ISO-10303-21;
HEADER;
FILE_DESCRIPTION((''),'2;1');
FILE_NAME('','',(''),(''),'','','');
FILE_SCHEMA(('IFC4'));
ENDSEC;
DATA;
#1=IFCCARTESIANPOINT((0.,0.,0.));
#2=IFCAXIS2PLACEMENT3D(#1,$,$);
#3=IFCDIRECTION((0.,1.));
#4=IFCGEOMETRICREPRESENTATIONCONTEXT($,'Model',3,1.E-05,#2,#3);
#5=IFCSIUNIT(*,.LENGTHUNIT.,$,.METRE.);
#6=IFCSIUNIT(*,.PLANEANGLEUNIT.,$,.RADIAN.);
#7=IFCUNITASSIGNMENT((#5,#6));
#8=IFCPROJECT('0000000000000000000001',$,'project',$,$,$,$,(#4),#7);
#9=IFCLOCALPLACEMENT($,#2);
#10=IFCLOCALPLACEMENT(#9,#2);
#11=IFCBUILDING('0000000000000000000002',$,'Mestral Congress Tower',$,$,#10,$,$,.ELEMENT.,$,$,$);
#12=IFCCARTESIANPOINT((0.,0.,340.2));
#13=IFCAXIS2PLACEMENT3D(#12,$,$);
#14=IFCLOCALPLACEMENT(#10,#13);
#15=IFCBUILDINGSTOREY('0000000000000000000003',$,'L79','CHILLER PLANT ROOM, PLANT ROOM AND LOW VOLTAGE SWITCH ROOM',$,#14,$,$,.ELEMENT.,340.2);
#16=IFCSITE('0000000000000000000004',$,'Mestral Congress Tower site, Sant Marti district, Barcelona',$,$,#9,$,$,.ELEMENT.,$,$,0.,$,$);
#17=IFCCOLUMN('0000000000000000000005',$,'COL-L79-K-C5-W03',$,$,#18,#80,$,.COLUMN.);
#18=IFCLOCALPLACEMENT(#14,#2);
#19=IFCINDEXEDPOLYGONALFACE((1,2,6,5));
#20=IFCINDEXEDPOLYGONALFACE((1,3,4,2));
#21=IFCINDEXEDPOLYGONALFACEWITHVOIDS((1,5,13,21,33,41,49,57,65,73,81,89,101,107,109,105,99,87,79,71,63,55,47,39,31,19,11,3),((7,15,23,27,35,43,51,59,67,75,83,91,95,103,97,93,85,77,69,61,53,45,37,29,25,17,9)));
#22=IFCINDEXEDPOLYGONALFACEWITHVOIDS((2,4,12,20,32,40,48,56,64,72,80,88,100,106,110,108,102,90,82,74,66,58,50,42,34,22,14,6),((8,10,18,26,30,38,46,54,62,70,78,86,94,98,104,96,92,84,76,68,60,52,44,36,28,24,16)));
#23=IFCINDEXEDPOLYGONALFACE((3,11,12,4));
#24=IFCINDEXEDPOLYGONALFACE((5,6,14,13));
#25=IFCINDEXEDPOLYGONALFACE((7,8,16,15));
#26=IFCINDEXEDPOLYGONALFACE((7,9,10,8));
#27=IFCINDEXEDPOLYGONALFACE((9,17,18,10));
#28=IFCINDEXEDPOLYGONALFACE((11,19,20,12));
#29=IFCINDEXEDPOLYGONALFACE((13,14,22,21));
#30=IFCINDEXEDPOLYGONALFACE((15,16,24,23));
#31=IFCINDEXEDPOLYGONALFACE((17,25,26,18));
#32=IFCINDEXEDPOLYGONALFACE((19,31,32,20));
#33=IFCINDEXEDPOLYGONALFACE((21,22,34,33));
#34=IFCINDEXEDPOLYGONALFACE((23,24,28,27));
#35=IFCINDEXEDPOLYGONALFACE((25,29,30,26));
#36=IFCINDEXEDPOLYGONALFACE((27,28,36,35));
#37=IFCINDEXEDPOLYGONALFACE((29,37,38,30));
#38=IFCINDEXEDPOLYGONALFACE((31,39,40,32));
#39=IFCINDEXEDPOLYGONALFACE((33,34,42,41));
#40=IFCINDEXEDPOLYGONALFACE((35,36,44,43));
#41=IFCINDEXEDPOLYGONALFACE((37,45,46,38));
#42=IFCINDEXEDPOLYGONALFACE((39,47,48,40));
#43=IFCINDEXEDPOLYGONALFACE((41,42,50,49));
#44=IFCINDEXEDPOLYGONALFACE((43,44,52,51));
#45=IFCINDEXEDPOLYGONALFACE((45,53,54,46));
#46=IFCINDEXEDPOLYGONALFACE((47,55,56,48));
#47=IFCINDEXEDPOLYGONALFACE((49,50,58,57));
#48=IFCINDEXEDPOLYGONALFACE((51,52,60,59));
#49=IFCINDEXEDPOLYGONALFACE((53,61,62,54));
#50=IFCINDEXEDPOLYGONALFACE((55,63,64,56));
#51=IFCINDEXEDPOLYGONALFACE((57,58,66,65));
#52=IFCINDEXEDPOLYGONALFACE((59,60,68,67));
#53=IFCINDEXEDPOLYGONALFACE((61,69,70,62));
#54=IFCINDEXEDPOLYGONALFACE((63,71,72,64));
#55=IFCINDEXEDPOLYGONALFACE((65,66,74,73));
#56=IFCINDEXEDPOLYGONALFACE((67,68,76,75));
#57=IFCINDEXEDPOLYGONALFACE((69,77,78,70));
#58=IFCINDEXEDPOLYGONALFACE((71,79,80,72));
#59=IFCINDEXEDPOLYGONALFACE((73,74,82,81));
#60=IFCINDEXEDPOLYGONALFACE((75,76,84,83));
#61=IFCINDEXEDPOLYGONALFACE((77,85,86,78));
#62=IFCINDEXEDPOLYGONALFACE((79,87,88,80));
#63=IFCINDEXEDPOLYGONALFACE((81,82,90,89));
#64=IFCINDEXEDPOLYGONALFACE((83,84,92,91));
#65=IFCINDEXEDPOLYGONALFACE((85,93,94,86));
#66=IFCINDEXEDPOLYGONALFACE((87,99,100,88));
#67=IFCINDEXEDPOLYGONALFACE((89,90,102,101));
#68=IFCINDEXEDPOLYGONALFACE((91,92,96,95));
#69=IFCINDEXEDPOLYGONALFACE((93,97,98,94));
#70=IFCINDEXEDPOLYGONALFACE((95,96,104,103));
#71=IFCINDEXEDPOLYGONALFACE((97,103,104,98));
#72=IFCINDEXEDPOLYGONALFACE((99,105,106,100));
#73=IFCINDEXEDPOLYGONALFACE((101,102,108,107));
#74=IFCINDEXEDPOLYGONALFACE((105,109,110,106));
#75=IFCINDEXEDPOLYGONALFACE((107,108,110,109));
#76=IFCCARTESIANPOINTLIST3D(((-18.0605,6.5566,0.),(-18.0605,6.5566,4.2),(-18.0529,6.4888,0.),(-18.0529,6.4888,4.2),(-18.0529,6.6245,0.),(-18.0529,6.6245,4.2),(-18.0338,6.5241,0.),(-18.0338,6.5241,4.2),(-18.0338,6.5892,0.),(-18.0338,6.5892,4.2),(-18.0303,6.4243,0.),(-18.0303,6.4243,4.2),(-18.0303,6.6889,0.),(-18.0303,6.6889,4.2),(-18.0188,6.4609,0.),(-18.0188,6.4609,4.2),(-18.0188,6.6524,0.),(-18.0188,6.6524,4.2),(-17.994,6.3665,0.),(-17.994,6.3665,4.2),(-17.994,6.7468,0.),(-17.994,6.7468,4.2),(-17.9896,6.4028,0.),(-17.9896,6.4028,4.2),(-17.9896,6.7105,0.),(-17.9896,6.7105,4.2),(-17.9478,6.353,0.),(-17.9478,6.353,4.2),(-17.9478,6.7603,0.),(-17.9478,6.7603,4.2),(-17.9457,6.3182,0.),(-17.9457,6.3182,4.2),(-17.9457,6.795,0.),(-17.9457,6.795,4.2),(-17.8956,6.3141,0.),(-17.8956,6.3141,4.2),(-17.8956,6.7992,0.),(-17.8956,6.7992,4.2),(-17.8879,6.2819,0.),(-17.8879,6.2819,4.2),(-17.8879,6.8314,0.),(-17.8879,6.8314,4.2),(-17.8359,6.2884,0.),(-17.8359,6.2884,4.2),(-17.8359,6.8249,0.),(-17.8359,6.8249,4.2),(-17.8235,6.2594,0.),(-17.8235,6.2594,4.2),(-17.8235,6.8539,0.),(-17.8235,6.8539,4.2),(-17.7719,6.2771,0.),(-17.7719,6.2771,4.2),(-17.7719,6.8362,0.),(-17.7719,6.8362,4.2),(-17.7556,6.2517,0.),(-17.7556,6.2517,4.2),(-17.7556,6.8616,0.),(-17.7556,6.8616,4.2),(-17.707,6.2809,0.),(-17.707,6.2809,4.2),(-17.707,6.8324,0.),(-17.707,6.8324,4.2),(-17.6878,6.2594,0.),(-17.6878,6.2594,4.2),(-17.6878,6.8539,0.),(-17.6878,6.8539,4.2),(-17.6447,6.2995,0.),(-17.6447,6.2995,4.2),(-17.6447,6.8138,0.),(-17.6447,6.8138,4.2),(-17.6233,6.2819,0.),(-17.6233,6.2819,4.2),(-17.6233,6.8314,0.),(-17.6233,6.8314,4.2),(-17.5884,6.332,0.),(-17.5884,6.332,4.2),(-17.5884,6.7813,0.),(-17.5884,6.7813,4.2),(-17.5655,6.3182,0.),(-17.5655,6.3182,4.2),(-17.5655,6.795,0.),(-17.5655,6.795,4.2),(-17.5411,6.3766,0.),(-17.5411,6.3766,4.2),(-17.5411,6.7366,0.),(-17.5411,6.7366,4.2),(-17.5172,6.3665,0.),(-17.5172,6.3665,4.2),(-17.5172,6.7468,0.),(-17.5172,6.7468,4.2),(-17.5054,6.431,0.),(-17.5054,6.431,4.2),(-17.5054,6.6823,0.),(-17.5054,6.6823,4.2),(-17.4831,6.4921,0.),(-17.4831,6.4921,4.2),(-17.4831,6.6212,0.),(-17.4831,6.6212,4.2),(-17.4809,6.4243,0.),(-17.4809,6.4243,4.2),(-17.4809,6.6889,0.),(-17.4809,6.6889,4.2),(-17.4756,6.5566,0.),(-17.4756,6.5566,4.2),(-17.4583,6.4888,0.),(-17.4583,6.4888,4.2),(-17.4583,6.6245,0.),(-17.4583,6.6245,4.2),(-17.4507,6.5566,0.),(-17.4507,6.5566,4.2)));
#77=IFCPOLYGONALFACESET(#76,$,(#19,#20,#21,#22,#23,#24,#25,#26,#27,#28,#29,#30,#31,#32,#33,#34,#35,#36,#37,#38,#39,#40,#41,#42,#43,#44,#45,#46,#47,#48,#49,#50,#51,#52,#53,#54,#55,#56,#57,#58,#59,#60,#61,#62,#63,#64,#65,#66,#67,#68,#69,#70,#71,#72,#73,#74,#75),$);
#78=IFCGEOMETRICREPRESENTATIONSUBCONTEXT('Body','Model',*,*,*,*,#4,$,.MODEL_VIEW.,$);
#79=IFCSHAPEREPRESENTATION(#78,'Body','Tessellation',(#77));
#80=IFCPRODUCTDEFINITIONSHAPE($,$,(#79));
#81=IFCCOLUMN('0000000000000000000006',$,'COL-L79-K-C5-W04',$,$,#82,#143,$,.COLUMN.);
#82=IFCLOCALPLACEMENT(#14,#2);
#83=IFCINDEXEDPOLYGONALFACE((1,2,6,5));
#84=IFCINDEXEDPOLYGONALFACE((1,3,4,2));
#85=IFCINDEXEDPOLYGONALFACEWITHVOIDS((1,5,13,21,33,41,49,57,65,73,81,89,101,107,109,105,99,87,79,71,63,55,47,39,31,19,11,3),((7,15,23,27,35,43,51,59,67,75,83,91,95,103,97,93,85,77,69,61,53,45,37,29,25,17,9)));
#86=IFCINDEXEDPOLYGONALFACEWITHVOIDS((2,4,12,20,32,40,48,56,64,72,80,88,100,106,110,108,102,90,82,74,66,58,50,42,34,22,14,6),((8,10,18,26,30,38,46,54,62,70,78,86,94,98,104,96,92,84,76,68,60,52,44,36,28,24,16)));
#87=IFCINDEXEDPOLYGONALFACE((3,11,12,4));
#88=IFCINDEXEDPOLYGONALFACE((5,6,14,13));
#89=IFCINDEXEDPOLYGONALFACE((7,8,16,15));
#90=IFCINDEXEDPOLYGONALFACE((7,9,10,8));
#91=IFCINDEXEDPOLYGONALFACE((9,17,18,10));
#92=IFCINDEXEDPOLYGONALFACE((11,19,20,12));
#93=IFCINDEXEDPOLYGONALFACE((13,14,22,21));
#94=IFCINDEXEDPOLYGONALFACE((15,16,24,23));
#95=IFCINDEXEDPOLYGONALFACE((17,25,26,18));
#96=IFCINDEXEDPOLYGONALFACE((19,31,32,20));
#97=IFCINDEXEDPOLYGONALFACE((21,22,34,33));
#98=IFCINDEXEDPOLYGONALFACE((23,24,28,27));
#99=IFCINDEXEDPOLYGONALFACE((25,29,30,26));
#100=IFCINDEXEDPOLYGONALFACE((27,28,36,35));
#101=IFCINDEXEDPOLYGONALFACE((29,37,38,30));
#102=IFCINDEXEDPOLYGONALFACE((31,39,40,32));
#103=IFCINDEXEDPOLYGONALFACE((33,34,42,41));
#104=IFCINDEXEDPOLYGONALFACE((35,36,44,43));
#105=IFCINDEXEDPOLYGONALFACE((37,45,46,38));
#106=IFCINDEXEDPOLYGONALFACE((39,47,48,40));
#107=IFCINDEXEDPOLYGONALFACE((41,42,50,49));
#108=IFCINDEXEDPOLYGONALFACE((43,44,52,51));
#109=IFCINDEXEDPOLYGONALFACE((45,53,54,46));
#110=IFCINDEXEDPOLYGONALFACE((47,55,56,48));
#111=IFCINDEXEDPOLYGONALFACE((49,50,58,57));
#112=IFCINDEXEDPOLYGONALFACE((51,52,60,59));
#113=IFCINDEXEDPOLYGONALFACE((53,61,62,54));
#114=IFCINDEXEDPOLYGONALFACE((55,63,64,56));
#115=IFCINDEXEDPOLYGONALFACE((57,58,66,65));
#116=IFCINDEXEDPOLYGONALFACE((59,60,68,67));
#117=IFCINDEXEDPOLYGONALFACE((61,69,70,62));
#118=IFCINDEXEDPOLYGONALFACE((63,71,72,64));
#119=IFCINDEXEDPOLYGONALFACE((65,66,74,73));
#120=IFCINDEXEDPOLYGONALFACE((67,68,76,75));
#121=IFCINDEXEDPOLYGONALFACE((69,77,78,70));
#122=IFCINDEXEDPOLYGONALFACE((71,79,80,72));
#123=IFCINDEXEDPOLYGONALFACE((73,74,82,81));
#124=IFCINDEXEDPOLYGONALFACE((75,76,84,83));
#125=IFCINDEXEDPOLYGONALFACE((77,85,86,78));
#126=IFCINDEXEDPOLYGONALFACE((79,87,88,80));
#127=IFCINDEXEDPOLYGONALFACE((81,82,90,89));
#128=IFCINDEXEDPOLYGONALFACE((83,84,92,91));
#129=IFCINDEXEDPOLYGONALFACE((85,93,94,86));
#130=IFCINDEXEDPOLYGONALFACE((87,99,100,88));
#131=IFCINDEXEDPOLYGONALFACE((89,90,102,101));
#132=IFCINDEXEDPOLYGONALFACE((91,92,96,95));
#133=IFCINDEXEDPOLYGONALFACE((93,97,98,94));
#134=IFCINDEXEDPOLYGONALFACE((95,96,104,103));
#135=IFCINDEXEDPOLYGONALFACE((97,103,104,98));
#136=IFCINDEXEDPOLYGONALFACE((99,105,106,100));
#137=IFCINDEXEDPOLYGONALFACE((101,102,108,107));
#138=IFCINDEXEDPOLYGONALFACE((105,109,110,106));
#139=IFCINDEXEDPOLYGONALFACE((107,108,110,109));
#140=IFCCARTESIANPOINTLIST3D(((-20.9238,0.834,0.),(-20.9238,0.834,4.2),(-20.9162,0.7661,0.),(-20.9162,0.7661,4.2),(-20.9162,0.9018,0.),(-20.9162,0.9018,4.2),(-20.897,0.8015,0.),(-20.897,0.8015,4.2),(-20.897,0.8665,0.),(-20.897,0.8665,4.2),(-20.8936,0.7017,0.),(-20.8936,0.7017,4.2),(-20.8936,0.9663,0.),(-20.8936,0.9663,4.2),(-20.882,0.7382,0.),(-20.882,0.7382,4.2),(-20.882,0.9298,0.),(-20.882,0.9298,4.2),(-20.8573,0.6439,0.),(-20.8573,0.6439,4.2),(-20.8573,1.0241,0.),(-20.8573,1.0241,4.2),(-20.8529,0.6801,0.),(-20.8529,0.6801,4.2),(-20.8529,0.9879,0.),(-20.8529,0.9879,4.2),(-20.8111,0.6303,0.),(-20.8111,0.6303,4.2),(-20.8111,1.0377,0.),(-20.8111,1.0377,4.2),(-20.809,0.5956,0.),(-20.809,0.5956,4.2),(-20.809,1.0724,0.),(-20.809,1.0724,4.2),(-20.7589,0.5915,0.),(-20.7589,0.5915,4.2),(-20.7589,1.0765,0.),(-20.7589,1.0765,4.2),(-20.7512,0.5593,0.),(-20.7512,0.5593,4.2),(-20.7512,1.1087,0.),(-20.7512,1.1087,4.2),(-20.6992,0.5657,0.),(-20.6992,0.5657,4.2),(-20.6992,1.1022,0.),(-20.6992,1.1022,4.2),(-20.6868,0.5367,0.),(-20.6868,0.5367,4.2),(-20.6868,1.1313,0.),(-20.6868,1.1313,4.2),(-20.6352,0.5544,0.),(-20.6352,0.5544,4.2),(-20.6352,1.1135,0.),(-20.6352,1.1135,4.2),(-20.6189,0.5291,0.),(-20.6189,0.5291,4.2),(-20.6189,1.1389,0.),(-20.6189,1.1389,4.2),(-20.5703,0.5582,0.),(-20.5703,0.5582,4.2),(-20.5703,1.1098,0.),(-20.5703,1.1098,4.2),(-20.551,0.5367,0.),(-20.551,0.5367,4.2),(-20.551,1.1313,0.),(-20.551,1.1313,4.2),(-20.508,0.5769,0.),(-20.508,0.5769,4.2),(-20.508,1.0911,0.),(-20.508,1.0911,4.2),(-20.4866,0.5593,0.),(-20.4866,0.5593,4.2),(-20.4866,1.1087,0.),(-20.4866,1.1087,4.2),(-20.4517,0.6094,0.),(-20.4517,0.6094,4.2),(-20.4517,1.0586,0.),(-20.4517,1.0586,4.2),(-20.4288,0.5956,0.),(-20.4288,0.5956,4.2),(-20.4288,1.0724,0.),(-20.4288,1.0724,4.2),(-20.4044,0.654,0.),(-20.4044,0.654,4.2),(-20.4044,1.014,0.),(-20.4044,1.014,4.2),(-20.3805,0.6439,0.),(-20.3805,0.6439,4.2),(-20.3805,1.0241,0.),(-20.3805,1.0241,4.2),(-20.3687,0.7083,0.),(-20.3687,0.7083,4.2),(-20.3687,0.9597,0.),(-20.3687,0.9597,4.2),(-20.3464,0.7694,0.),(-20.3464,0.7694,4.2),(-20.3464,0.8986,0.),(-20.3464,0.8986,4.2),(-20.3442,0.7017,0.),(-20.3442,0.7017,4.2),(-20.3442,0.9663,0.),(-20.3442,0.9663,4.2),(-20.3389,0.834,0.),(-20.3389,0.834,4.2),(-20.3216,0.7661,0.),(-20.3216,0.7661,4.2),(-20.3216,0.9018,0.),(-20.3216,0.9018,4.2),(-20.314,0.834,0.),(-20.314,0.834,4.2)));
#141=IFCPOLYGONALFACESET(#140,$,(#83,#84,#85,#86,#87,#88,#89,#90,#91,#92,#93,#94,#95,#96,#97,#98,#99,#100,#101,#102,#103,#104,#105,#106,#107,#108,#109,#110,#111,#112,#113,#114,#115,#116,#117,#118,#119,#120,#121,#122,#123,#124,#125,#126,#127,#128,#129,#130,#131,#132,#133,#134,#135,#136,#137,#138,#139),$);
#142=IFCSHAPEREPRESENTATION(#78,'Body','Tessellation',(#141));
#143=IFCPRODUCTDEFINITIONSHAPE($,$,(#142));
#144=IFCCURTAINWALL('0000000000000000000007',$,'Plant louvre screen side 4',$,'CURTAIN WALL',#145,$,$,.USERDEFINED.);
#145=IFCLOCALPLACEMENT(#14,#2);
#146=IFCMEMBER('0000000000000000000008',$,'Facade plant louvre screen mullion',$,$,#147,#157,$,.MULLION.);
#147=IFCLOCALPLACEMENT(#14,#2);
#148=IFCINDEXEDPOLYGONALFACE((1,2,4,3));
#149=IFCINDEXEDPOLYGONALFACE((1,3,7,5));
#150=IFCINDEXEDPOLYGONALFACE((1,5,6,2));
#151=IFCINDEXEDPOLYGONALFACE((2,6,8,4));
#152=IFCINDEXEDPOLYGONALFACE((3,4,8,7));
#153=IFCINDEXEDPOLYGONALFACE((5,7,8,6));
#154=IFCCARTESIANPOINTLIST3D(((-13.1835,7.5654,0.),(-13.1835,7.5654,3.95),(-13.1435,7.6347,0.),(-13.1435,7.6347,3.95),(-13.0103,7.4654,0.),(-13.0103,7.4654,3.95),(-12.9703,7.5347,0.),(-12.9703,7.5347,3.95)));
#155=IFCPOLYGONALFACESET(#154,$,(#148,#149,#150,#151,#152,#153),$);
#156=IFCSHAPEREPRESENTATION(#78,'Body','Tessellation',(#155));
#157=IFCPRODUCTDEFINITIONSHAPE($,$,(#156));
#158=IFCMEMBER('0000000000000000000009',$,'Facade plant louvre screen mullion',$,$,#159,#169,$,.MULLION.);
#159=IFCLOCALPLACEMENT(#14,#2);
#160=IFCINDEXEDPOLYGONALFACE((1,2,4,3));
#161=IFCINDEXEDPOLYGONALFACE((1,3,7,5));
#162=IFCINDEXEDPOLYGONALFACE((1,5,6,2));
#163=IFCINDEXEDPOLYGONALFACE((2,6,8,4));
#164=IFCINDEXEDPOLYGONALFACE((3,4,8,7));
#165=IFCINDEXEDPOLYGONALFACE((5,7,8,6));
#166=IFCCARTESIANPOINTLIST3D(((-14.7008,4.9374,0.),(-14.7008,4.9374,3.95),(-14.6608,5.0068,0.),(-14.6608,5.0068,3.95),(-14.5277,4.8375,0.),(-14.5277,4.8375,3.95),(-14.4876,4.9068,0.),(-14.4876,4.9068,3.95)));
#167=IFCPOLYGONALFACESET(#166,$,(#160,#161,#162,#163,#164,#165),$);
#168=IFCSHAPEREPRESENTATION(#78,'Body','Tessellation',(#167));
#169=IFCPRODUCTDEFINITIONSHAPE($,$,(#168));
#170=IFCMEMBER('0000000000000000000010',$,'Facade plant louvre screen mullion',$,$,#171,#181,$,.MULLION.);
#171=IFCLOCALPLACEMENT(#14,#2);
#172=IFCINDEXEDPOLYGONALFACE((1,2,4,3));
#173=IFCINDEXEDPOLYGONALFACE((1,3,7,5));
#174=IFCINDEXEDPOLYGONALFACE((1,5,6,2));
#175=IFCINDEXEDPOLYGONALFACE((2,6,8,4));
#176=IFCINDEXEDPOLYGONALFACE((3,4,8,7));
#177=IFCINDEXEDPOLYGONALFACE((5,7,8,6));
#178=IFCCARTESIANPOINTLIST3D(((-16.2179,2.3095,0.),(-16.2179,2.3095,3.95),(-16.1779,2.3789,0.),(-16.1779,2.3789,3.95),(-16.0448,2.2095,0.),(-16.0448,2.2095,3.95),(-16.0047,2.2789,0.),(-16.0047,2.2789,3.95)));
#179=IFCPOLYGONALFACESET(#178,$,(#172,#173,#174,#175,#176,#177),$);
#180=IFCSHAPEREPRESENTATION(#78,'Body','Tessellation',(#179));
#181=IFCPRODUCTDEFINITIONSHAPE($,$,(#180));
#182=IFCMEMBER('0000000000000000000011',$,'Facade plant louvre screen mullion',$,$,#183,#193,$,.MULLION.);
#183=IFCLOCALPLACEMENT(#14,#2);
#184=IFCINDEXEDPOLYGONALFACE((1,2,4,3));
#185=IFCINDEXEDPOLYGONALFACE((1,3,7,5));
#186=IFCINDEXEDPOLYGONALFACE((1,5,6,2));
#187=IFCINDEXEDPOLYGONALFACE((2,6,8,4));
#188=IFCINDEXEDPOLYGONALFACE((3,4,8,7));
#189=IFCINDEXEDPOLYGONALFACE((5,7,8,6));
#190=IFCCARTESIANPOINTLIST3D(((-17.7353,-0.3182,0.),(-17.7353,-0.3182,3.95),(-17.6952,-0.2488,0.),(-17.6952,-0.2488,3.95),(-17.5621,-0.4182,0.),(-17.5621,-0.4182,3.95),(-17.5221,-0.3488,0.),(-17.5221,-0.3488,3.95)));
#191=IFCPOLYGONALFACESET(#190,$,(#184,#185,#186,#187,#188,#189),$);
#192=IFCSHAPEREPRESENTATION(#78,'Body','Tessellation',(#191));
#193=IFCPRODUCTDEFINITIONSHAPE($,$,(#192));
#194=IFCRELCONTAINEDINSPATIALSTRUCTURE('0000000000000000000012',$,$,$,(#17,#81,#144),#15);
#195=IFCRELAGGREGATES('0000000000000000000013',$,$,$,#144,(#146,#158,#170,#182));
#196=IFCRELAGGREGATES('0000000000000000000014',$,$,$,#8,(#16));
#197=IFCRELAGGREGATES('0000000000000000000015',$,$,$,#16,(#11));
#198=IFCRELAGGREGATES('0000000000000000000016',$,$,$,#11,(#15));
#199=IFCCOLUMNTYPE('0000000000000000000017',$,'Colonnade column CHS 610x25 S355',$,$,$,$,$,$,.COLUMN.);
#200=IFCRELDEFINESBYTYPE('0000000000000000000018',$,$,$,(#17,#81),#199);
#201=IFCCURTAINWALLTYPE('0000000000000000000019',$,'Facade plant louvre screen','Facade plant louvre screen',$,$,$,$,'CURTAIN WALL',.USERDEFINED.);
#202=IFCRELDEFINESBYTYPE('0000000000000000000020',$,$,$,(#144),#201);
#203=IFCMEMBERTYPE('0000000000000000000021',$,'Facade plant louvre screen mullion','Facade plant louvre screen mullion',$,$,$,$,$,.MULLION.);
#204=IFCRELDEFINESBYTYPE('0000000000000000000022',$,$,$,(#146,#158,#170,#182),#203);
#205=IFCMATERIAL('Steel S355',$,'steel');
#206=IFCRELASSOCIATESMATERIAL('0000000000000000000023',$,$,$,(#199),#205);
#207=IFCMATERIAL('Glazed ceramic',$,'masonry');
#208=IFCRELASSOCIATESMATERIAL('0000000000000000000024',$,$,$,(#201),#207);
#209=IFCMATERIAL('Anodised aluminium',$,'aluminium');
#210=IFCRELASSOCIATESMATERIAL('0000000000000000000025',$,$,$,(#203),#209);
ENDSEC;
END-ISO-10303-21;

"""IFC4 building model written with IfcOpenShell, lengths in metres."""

from ifc_helpers import new_model, si_unit, direction, frame, origin, origin_2d, place, context, subcontext, project, spatial, rectangle, hollow_circle, extrude, material, material_profile, profile_set, type_object, element, aggregate, save


model = new_model("IFC4")

# Units and contexts
model_context = context("Model", 3, precision=1e-05, world=origin(), true_north=direction((0.0, 1.0)))
body_context = subcontext(model_context, "Body", "Model", "MODEL_VIEW")
ifc_project = project(units=[si_unit("LENGTHUNIT", "METRE"), si_unit("PLANEANGLEUNIT", "RADIAN")], contexts=[model_context])

# Site, building, storey
site_placement = place(None, origin())
site = spatial("IfcSite", under=ifc_project, at=site_placement, Name="Mestral Congress Tower site, Sant Marti district, Barcelona", CompositionType="ELEMENT", RefElevation=0.0)
building_placement = place(site_placement, origin())
building = spatial("IfcBuilding", under=site, at=building_placement, Name="Mestral Congress Tower", CompositionType="ELEMENT")
storey_placement = place(building_placement, frame((0.0, 0.0, 340.2)))
storey = spatial("IfcBuildingStorey", under=building, at=storey_placement, Name="L79", Description="CHILLER PLANT ROOM, PLANT ROOM AND LOW VOLTAGE SWITCH ROOM", CompositionType="ELEMENT", Elevation=340.2)

# Columns
ifc_material_1 = material(Name="Steel S355", Category="steel")
ifc_material_profile_1 = material_profile(ifc_material_1, hollow_circle(Radius=0.3049, WallThickness=0.0249, at=origin_2d()), Name="CHS 610x25")
ifc_profile_set_1 = profile_set([ifc_material_profile_1], Name="Steel S355")
column_type = type_object("IfcColumnType", Name="Colonnade column CHS 610x25 S355", PredefinedType="COLUMN", material=ifc_profile_set_1)
for number, where, z_axis, x_axis, name in (
    (1, (-17.7556, 6.5566, 0.0), (0.0, 0.0, 1.0), (1.0, 0.0, 0.0), "COL-L79-K-C5-W03"),
    (2, (-20.6189, 0.834, 0.0), (0.0, 0.0, 1.0), (1.0, 0.0, 0.0), "COL-L79-K-C5-W04"),
):
    element("IfcColumn", number, at=place(storey_placement, frame(where, z_axis=z_axis, x_axis=x_axis)), inside=storey, type_object=column_type, Name=name, PredefinedType="COLUMN", context=body_context, shape_type="SweptSolid", body=[
        extrude(hollow_circle(Radius=0.3049, WallThickness=0.0249, at=origin_2d()), origin(), (0.0, 0.0, 1.0), 4.2),
    ])

# Curtain wall, members
ifc_material_2 = material(Name="Glazed ceramic", Category="masonry")
curtain_wall_type = type_object("IfcCurtainWallType", Name="Facade plant louvre screen", Description="Facade plant louvre screen", ElementType="CURTAIN WALL", PredefinedType="USERDEFINED", material=ifc_material_2)
curtain_wall_placement = place(storey_placement, origin())
curtain_wall = element("IfcCurtainWall", 3, at=curtain_wall_placement, inside=storey, type_object=curtain_wall_type, Name="Plant louvre screen side 4", ObjectType="CURTAIN WALL", PredefinedType="USERDEFINED")
ifc_material_3 = material(Name="Anodised aluminium", Category="aluminium")
ifc_material_profile_2 = material_profile(ifc_material_3, rectangle(XDim=0.2, YDim=0.0801, at=origin_2d()), Name="CW6 mullion 200 x 80")
ifc_profile_set_2 = profile_set([ifc_material_profile_2], Name="Anodised aluminium")
member_type_1 = type_object("IfcMemberType", Name="Facade plant louvre screen mullion", Description="Facade plant louvre screen mullion", PredefinedType="MULLION", material=ifc_profile_set_2)
member_1_placement = place(storey_placement, frame((-13.0769, 7.55, 0.0), z_axis=(0.0, 0.0, 1.0), x_axis=(-0.866025, 0.500002, 0.0)))
member_1 = element("IfcMember", 4, at=member_1_placement, type_object=member_type_1, Name="Facade plant louvre screen mullion", PredefinedType="MULLION", context=body_context, shape_type="SweptSolid", body=[
    extrude(rectangle(XDim=0.2, YDim=0.0801, at=origin_2d()), origin(), (0.0, 0.0, 1.0), 3.95),
])
member_2_placement = place(storey_placement, frame((-14.5942, 4.9221, 0.0), z_axis=(0.0, 0.0, 1.0), x_axis=(-0.866025, 0.500002, 0.0)))
member_2 = element("IfcMember", 5, at=member_2_placement, type_object=member_type_1, Name="Facade plant louvre screen mullion", PredefinedType="MULLION", context=body_context, shape_type="SweptSolid", body=[
    extrude(rectangle(XDim=0.2, YDim=0.0801, at=origin_2d()), origin(), (0.0, 0.0, 1.0), 3.95),
])
member_3_placement = place(storey_placement, frame((-16.1113, 2.2942, 0.0), z_axis=(0.0, 0.0, 1.0), x_axis=(-0.866025, 0.500002, 0.0)))
member_3 = element("IfcMember", 6, at=member_3_placement, type_object=member_type_1, Name="Facade plant louvre screen mullion", PredefinedType="MULLION", context=body_context, shape_type="SweptSolid", body=[
    extrude(rectangle(XDim=0.2, YDim=0.0801, at=origin_2d()), origin(), (0.0, 0.0, 1.0), 3.95),
])
member_4_placement = place(storey_placement, frame((-17.6287, -0.3335, 0.0), z_axis=(0.0, 0.0, 1.0), x_axis=(-0.866025, 0.500002, 0.0)))
member_4 = element("IfcMember", 7, at=member_4_placement, type_object=member_type_1, Name="Facade plant louvre screen mullion", PredefinedType="MULLION", context=body_context, shape_type="SweptSolid", body=[
    extrude(rectangle(XDim=0.2, YDim=0.0801, at=origin_2d()), origin(), (0.0, 0.0, 1.0), 3.95),
])

aggregate(curtain_wall, [member_1, member_2, member_3, member_4])

save(model, "model.ifc")
